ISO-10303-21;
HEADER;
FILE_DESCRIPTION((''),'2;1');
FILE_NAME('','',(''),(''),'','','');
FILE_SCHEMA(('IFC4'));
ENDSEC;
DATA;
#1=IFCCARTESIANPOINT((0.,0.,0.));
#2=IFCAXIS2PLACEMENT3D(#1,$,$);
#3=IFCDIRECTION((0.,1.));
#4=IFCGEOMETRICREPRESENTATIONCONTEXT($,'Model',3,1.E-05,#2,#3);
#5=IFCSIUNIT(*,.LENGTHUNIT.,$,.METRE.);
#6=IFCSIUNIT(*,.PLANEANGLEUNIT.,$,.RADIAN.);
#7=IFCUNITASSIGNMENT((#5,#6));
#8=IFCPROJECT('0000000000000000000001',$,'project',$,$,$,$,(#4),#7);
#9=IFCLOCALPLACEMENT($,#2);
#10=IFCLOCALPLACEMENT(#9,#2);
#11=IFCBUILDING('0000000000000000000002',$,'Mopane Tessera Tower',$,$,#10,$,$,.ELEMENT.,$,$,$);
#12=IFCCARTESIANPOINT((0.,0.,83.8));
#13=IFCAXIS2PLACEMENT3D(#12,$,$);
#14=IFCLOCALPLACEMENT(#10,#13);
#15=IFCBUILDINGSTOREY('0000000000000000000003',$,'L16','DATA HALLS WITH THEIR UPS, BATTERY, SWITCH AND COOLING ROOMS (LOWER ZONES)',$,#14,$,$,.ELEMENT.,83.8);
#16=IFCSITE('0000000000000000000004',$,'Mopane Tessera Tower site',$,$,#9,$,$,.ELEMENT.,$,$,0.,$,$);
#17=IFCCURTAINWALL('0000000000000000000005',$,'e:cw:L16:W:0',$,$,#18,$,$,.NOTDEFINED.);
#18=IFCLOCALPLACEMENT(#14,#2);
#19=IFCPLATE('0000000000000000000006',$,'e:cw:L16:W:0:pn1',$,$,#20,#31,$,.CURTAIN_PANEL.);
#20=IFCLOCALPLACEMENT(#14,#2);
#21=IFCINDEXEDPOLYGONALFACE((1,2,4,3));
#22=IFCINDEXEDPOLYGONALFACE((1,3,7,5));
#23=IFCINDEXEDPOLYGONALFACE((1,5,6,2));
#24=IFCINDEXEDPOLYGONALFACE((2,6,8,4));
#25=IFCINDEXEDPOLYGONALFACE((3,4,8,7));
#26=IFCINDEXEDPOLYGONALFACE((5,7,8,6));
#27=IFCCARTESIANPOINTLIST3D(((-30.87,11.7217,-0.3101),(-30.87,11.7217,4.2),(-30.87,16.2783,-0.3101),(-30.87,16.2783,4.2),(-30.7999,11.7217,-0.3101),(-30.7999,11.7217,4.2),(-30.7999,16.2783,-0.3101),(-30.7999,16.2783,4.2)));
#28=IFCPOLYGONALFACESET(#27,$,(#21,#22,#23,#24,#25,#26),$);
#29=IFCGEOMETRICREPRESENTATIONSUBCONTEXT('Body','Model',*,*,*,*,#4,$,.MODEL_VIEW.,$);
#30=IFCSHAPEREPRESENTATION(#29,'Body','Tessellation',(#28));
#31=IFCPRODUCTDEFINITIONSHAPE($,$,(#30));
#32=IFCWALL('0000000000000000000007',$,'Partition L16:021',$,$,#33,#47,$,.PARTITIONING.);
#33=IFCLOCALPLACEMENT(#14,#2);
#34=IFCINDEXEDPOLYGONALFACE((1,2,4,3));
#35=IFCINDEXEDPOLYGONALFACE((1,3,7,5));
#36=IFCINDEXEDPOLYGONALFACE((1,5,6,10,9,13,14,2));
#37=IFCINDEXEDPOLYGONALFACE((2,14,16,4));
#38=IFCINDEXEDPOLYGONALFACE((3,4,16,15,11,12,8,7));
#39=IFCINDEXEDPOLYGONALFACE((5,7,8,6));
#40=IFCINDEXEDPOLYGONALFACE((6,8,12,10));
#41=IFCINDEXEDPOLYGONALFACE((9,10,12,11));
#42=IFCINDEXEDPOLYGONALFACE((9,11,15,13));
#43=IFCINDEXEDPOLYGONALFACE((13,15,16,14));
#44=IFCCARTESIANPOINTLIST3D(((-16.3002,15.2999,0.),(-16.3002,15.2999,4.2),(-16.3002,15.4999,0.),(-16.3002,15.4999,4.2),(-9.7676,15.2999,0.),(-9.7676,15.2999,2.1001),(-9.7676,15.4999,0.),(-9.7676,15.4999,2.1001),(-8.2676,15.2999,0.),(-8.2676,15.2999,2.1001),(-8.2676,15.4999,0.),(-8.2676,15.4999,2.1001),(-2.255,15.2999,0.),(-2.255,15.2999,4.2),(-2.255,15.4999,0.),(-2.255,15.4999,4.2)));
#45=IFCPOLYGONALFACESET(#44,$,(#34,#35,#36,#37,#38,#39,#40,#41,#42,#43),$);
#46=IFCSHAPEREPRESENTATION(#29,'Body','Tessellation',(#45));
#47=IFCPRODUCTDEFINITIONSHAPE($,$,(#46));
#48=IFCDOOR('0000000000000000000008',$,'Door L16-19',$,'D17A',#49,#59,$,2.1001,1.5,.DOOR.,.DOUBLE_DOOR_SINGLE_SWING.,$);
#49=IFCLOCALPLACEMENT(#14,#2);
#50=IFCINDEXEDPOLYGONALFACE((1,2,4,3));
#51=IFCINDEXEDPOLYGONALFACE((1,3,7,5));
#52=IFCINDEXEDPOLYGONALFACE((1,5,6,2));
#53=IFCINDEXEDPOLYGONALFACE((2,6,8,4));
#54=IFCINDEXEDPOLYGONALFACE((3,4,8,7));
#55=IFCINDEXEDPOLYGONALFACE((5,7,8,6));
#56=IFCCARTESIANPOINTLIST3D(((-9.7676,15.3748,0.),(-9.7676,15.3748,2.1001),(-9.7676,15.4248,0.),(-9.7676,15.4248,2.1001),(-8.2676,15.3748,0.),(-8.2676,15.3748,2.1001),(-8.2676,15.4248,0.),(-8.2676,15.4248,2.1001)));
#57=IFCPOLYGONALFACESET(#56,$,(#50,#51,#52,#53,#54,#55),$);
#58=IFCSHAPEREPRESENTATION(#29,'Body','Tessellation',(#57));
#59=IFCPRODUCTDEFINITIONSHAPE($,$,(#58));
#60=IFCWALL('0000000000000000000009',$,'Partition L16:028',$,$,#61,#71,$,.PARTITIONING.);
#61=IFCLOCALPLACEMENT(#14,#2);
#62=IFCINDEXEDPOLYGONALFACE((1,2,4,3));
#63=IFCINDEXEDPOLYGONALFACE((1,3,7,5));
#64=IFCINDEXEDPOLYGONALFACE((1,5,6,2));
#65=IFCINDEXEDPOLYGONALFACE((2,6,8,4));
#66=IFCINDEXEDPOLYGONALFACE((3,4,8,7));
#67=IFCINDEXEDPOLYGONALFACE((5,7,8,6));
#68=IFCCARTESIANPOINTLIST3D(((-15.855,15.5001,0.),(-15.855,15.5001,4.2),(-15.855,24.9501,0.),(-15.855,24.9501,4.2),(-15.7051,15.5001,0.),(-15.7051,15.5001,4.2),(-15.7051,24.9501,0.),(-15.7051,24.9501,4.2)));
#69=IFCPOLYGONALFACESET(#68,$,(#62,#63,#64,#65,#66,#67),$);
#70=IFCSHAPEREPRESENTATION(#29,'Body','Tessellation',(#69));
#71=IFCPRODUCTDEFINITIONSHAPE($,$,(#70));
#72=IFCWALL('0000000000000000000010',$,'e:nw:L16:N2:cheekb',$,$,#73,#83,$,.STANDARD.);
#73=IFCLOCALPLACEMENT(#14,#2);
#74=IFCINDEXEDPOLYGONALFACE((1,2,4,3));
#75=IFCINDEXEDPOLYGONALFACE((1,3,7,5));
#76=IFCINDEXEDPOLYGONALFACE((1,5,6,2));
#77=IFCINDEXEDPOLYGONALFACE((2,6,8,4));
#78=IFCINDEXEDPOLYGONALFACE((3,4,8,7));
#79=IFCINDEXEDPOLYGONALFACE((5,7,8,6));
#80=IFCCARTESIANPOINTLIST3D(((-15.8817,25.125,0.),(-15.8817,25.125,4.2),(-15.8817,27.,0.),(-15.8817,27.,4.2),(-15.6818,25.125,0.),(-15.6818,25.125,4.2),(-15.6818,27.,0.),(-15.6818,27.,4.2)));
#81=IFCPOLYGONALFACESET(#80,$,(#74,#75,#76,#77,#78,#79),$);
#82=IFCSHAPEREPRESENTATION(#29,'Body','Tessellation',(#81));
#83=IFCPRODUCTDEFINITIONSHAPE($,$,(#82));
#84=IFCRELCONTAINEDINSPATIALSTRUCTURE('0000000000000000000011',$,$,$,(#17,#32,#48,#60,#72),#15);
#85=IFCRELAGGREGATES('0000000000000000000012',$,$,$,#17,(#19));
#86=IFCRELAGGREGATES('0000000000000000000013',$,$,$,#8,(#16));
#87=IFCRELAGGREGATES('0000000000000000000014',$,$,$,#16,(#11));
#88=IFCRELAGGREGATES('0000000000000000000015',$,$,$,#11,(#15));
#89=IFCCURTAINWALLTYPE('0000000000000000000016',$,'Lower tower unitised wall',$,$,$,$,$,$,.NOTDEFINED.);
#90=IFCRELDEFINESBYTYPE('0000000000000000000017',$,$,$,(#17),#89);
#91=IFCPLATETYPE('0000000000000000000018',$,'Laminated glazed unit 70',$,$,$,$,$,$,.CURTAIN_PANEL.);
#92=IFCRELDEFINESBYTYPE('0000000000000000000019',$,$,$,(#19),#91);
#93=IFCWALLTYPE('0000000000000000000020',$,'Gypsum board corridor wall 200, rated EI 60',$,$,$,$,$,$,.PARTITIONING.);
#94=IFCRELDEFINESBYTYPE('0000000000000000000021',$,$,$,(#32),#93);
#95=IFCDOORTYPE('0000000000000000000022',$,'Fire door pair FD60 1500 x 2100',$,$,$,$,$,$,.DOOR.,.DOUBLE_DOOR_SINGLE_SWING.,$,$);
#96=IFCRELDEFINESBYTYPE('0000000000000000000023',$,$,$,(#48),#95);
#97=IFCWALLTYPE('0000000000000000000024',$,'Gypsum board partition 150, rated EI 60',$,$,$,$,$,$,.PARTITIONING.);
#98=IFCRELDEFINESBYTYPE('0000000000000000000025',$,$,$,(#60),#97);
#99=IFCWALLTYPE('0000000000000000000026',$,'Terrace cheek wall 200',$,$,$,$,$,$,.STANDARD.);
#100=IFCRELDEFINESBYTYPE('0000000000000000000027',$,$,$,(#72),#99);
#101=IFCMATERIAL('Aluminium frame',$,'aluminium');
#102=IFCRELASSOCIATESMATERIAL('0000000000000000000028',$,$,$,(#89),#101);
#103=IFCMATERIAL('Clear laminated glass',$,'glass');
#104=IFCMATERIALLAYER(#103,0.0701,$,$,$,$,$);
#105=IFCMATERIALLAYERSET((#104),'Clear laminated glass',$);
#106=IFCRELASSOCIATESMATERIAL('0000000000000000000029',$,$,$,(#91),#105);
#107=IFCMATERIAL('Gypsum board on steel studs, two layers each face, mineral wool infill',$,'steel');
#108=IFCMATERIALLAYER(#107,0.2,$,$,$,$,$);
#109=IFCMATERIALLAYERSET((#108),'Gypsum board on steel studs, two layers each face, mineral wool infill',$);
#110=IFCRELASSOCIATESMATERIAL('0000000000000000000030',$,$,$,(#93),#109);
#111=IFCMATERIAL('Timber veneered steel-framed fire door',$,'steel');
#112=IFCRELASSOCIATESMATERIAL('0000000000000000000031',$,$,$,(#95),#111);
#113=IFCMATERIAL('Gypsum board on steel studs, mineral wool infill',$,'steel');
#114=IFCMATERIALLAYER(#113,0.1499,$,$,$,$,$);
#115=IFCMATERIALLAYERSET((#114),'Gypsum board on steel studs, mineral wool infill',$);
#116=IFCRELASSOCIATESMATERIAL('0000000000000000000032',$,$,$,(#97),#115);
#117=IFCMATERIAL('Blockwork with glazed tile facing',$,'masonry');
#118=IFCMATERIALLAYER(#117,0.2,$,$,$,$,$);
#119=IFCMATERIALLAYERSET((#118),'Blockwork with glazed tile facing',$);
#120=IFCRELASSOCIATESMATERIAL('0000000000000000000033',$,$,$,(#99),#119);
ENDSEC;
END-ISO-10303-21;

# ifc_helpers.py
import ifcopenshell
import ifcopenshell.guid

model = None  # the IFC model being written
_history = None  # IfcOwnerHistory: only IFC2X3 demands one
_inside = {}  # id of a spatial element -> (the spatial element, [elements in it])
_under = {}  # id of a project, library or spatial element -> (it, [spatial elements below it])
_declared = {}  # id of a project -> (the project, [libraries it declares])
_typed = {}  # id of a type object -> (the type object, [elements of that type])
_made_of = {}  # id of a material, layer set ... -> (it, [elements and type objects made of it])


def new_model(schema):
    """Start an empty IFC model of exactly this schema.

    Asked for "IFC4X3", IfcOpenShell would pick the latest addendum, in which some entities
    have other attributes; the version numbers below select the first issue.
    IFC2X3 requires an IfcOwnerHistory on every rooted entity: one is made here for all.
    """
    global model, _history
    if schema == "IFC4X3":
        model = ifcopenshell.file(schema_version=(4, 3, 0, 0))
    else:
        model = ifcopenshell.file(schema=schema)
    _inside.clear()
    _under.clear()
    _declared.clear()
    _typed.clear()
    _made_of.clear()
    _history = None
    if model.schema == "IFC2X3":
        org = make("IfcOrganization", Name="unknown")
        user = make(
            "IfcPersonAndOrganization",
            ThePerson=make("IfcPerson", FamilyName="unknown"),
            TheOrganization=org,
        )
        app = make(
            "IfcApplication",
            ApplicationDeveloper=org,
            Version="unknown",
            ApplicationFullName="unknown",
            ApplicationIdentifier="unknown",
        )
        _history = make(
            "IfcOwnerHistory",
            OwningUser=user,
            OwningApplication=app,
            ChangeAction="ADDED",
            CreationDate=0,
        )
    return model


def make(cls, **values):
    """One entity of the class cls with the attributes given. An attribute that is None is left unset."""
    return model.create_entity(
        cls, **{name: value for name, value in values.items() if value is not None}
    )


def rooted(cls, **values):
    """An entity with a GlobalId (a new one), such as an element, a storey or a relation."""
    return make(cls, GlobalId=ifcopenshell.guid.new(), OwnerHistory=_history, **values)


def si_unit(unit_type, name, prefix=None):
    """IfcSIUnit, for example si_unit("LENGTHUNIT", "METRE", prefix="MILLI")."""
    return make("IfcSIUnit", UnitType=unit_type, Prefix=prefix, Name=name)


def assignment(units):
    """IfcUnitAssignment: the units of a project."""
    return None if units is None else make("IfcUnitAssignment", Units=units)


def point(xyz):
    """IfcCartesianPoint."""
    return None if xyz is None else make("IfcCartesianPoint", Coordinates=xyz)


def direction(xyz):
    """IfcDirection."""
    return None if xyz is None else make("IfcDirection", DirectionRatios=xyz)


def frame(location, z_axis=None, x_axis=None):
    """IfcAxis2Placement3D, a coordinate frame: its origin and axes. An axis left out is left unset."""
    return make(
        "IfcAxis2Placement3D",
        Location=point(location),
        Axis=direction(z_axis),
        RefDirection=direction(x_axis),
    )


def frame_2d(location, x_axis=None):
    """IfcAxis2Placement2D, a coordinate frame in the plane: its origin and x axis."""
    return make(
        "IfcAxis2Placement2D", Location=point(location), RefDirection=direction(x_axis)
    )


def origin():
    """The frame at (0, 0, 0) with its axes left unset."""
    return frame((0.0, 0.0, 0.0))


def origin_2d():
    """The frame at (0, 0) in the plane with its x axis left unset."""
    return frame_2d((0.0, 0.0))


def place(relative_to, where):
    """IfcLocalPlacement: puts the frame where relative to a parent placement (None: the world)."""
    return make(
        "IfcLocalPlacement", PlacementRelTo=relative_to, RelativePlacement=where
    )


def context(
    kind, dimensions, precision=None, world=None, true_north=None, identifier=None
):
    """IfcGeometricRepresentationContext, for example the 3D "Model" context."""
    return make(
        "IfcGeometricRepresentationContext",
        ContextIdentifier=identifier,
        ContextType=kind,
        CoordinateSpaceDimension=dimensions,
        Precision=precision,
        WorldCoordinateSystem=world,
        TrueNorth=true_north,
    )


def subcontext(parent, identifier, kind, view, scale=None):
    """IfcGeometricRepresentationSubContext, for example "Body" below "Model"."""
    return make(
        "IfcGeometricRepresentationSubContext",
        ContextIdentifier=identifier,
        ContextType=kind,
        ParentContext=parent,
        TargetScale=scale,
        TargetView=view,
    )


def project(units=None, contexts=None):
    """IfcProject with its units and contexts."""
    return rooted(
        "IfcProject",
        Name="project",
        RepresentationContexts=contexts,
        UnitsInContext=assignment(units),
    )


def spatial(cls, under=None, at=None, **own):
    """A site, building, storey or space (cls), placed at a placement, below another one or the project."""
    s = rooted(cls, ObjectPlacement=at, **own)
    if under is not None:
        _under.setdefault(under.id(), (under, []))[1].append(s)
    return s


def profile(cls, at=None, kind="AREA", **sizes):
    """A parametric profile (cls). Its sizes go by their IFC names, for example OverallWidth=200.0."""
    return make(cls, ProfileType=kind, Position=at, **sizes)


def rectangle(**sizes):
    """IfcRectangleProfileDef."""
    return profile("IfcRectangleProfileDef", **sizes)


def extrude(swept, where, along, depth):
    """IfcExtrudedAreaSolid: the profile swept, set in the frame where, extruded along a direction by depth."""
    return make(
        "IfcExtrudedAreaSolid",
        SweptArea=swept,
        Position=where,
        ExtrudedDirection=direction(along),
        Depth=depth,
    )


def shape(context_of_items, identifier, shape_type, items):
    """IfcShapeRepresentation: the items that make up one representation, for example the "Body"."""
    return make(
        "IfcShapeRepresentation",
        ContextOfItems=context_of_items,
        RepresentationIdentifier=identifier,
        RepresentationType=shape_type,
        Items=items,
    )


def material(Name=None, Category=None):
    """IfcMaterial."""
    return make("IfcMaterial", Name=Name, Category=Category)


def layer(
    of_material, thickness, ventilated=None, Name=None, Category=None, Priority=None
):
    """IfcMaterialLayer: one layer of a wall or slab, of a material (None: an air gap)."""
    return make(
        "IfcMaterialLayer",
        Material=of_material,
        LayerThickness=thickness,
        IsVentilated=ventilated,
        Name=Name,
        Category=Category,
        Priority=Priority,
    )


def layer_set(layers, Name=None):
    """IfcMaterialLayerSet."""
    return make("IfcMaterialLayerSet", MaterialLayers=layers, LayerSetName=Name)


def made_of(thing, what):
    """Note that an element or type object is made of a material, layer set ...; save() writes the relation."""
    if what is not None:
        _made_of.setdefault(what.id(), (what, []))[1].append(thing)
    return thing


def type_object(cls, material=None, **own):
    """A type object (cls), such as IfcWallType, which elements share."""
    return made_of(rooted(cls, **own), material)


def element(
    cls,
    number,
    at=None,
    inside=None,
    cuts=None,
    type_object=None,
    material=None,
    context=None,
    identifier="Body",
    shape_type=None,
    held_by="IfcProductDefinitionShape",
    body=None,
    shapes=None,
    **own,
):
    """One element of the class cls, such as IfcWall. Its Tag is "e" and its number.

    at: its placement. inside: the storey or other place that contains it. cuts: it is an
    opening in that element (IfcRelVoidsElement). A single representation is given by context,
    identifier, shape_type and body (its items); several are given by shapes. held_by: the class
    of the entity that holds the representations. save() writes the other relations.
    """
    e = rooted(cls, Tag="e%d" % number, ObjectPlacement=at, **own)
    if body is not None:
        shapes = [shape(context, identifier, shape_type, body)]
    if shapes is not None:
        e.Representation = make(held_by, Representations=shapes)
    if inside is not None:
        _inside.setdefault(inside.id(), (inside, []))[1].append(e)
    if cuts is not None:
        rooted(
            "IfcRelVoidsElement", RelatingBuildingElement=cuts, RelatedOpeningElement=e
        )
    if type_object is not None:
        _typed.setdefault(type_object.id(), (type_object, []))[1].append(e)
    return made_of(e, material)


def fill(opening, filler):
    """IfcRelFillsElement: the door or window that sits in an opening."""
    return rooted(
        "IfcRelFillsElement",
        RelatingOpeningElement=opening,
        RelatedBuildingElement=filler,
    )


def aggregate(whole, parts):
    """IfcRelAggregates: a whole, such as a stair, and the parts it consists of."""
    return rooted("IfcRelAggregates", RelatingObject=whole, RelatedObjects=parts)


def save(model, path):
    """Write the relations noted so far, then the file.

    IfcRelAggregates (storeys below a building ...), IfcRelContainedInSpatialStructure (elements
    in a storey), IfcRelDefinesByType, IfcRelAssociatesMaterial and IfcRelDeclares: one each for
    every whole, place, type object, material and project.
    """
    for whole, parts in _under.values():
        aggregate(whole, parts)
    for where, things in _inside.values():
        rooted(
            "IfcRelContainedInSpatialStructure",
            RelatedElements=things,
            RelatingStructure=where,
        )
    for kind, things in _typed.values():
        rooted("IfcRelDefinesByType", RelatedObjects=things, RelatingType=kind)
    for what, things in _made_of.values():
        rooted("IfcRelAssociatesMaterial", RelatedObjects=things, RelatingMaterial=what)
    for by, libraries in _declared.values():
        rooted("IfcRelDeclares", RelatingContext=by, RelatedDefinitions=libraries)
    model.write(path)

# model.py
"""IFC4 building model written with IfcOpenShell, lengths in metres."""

from ifc_helpers import new_model, si_unit, direction, frame, frame_2d, origin, origin_2d, place, context, subcontext, project, spatial, rectangle, extrude, material, layer, layer_set, type_object, element, fill, aggregate, save


model = new_model("IFC4")

# Units and contexts
model_context = context("Model", 3, precision=1e-05, world=origin(), true_north=direction((0.0, 1.0)))
body_context = subcontext(model_context, "Body", "Model", "MODEL_VIEW")
ifc_project = project(units=[si_unit("LENGTHUNIT", "METRE"), si_unit("PLANEANGLEUNIT", "RADIAN")], contexts=[model_context])

# Site, building, storey
site_placement = place(None, origin())
site = spatial("IfcSite", under=ifc_project, at=site_placement, Name="Mopane Tessera Tower site", CompositionType="ELEMENT", RefElevation=0.0)
building_placement = place(site_placement, origin())
building = spatial("IfcBuilding", under=site, at=building_placement, Name="Mopane Tessera Tower", CompositionType="ELEMENT")
storey_placement = place(building_placement, frame((0.0, 0.0, 83.8)))
storey = spatial("IfcBuildingStorey", under=building, at=storey_placement, Name="L16", Description="DATA HALLS WITH THEIR UPS, BATTERY, SWITCH AND COOLING ROOMS (LOWER ZONES)", CompositionType="ELEMENT", Elevation=83.8)

# Curtain wall
ifc_material_1 = material(Name="Aluminium frame", Category="aluminium")
curtain_wall_type = type_object("IfcCurtainWallType", Name="Lower tower unitised wall", PredefinedType="NOTDEFINED", material=ifc_material_1)
curtain_wall_1_placement = place(storey_placement, origin())
curtain_wall_1 = element("IfcCurtainWall", 1, at=curtain_wall_1_placement, inside=storey, type_object=curtain_wall_type, Name="e:cw:L16:W:0", PredefinedType="NOTDEFINED")

# Plate
ifc_material_2 = material(Name="Clear laminated glass", Category="glass")
ifc_layer_1 = layer(ifc_material_2, 0.0701)
ifc_layer_set_1 = layer_set([ifc_layer_1], Name="Clear laminated glass")
plate_type = type_object("IfcPlateType", Name="Laminated glazed unit 70", PredefinedType="CURTAIN_PANEL", material=ifc_layer_set_1)
plate_1_placement = place(storey_placement, frame((-30.835, 14.0, -0.3101), z_axis=(0.0, 0.0, 1.0), x_axis=(0.0, -1.0, 0.0)))
plate_1 = element("IfcPlate", 2, at=plate_1_placement, type_object=plate_type, Name="e:cw:L16:W:0:pn1", PredefinedType="CURTAIN_PANEL", context=body_context, shape_type="SweptSolid", body=[
    extrude(rectangle(XDim=4.5566, YDim=0.0701, at=origin_2d()), origin(), (0.0, 0.0, 1.0), 4.51),
])
aggregate(curtain_wall_1, [plate_1])

# Wall, opening, door
ifc_material_3 = material(Name="Gypsum board on steel studs, two layers each face, mineral wool infill", Category="steel")
ifc_layer_2 = layer(ifc_material_3, 0.2)
ifc_layer_set_2 = layer_set([ifc_layer_2], Name="Gypsum board on steel studs, two layers each face, mineral wool infill")
wall_type_1 = type_object("IfcWallType", Name="Gypsum board corridor wall 200, rated EI 60", PredefinedType="PARTITIONING", material=ifc_layer_set_2)
wall_1_placement = place(storey_placement, frame((-16.3, 15.3999, 0.0), z_axis=(0.0, 0.0, 1.0), x_axis=(1.0, 0.0, 0.0)))
wall_1 = element("IfcWall", 3, at=wall_1_placement, inside=storey, type_object=wall_type_1, Name="Partition L16:021", PredefinedType="PARTITIONING", context=body_context, shape_type="SweptSolid", body=[
    extrude(rectangle(XDim=14.0452, YDim=0.2, at=frame_2d((7.0225, 0.0))), origin(), (0.0, 0.0, 1.0), 4.2),
])
opening_placement = place(wall_1_placement, frame((6.5325, 0.0, 0.0)))
opening = element("IfcOpeningElement", 4, at=opening_placement, cuts=wall_1, PredefinedType="OPENING", context=body_context, shape_type="SweptSolid", body=[
    extrude(rectangle(XDim=1.5, YDim=2.1001, at=frame_2d((0.75, 1.05))), frame((0.0, 0.1121, 0.0), z_axis=(0.0, -1.0, 0.0), x_axis=(1.0, 0.0, 0.0)), (0.0, 0.0, 1.0), 0.2239),
])
ifc_material_4 = material(Name="Timber veneered steel-framed fire door", Category="steel")
door_type = type_object("IfcDoorType", Name="Fire door pair FD60 1500 x 2100", OperationType="DOUBLE_DOOR_SINGLE_SWING", PredefinedType="DOOR", material=ifc_material_4)
door_placement = place(opening_placement, origin())
door = element("IfcDoor", 5, at=door_placement, inside=storey, type_object=door_type, Name="Door L16-19", ObjectType="D17A", OperationType="DOUBLE_DOOR_SINGLE_SWING", OverallHeight=2.1001, OverallWidth=1.5, PredefinedType="DOOR", context=body_context, shape_type="SweptSolid", body=[
    extrude(rectangle(XDim=1.5, YDim=2.1001, at=frame_2d((0.75, 1.05))), frame((0.0, 0.0249, 0.0), z_axis=(0.0, -1.0, 0.0), x_axis=(1.0, 0.0, 0.0)), (0.0, 0.0, 1.0), 0.05),
])
fill(opening, door)

# Walls
ifc_material_5 = material(Name="Gypsum board on steel studs, mineral wool infill", Category="steel")
ifc_layer_3 = layer(ifc_material_5, 0.1499)
ifc_layer_set_3 = layer_set([ifc_layer_3], Name="Gypsum board on steel studs, mineral wool infill")
wall_type_2 = type_object("IfcWallType", Name="Gypsum board partition 150, rated EI 60", PredefinedType="PARTITIONING", material=ifc_layer_set_3)
wall_2_placement = place(storey_placement, frame((-15.78, 15.5, 0.0), z_axis=(0.0, 0.0, 1.0), x_axis=(0.0, 1.0, 0.0)))
element("IfcWall", 6, at=wall_2_placement, inside=storey, type_object=wall_type_2, Name="Partition L16:028", PredefinedType="PARTITIONING", context=body_context, shape_type="SweptSolid", body=[
    extrude(rectangle(XDim=9.45, YDim=0.1499, at=frame_2d((4.7251, 0.0))), origin(), (0.0, 0.0, 1.0), 4.2),
])
ifc_material_6 = material(Name="Blockwork with glazed tile facing", Category="masonry")
ifc_layer_4 = layer(ifc_material_6, 0.2)
ifc_layer_set_4 = layer_set([ifc_layer_4], Name="Blockwork with glazed tile facing")
wall_type_3 = type_object("IfcWallType", Name="Terrace cheek wall 200", PredefinedType="STANDARD", material=ifc_layer_set_4)
wall_3_placement = place(storey_placement, frame((-15.7817, 27.0, 0.0), z_axis=(0.0, 0.0, 1.0), x_axis=(0.0, -1.0, 0.0)))
element("IfcWall", 7, at=wall_3_placement, inside=storey, type_object=wall_type_3, Name="e:nw:L16:N2:cheekb", PredefinedType="STANDARD", context=body_context, shape_type="SweptSolid", body=[
    extrude(rectangle(XDim=1.875, YDim=0.2, at=frame_2d((0.9375, 0.0))), origin(), (0.0, 0.0, 1.0), 4.2),
])

save(model, "model.ifc")
